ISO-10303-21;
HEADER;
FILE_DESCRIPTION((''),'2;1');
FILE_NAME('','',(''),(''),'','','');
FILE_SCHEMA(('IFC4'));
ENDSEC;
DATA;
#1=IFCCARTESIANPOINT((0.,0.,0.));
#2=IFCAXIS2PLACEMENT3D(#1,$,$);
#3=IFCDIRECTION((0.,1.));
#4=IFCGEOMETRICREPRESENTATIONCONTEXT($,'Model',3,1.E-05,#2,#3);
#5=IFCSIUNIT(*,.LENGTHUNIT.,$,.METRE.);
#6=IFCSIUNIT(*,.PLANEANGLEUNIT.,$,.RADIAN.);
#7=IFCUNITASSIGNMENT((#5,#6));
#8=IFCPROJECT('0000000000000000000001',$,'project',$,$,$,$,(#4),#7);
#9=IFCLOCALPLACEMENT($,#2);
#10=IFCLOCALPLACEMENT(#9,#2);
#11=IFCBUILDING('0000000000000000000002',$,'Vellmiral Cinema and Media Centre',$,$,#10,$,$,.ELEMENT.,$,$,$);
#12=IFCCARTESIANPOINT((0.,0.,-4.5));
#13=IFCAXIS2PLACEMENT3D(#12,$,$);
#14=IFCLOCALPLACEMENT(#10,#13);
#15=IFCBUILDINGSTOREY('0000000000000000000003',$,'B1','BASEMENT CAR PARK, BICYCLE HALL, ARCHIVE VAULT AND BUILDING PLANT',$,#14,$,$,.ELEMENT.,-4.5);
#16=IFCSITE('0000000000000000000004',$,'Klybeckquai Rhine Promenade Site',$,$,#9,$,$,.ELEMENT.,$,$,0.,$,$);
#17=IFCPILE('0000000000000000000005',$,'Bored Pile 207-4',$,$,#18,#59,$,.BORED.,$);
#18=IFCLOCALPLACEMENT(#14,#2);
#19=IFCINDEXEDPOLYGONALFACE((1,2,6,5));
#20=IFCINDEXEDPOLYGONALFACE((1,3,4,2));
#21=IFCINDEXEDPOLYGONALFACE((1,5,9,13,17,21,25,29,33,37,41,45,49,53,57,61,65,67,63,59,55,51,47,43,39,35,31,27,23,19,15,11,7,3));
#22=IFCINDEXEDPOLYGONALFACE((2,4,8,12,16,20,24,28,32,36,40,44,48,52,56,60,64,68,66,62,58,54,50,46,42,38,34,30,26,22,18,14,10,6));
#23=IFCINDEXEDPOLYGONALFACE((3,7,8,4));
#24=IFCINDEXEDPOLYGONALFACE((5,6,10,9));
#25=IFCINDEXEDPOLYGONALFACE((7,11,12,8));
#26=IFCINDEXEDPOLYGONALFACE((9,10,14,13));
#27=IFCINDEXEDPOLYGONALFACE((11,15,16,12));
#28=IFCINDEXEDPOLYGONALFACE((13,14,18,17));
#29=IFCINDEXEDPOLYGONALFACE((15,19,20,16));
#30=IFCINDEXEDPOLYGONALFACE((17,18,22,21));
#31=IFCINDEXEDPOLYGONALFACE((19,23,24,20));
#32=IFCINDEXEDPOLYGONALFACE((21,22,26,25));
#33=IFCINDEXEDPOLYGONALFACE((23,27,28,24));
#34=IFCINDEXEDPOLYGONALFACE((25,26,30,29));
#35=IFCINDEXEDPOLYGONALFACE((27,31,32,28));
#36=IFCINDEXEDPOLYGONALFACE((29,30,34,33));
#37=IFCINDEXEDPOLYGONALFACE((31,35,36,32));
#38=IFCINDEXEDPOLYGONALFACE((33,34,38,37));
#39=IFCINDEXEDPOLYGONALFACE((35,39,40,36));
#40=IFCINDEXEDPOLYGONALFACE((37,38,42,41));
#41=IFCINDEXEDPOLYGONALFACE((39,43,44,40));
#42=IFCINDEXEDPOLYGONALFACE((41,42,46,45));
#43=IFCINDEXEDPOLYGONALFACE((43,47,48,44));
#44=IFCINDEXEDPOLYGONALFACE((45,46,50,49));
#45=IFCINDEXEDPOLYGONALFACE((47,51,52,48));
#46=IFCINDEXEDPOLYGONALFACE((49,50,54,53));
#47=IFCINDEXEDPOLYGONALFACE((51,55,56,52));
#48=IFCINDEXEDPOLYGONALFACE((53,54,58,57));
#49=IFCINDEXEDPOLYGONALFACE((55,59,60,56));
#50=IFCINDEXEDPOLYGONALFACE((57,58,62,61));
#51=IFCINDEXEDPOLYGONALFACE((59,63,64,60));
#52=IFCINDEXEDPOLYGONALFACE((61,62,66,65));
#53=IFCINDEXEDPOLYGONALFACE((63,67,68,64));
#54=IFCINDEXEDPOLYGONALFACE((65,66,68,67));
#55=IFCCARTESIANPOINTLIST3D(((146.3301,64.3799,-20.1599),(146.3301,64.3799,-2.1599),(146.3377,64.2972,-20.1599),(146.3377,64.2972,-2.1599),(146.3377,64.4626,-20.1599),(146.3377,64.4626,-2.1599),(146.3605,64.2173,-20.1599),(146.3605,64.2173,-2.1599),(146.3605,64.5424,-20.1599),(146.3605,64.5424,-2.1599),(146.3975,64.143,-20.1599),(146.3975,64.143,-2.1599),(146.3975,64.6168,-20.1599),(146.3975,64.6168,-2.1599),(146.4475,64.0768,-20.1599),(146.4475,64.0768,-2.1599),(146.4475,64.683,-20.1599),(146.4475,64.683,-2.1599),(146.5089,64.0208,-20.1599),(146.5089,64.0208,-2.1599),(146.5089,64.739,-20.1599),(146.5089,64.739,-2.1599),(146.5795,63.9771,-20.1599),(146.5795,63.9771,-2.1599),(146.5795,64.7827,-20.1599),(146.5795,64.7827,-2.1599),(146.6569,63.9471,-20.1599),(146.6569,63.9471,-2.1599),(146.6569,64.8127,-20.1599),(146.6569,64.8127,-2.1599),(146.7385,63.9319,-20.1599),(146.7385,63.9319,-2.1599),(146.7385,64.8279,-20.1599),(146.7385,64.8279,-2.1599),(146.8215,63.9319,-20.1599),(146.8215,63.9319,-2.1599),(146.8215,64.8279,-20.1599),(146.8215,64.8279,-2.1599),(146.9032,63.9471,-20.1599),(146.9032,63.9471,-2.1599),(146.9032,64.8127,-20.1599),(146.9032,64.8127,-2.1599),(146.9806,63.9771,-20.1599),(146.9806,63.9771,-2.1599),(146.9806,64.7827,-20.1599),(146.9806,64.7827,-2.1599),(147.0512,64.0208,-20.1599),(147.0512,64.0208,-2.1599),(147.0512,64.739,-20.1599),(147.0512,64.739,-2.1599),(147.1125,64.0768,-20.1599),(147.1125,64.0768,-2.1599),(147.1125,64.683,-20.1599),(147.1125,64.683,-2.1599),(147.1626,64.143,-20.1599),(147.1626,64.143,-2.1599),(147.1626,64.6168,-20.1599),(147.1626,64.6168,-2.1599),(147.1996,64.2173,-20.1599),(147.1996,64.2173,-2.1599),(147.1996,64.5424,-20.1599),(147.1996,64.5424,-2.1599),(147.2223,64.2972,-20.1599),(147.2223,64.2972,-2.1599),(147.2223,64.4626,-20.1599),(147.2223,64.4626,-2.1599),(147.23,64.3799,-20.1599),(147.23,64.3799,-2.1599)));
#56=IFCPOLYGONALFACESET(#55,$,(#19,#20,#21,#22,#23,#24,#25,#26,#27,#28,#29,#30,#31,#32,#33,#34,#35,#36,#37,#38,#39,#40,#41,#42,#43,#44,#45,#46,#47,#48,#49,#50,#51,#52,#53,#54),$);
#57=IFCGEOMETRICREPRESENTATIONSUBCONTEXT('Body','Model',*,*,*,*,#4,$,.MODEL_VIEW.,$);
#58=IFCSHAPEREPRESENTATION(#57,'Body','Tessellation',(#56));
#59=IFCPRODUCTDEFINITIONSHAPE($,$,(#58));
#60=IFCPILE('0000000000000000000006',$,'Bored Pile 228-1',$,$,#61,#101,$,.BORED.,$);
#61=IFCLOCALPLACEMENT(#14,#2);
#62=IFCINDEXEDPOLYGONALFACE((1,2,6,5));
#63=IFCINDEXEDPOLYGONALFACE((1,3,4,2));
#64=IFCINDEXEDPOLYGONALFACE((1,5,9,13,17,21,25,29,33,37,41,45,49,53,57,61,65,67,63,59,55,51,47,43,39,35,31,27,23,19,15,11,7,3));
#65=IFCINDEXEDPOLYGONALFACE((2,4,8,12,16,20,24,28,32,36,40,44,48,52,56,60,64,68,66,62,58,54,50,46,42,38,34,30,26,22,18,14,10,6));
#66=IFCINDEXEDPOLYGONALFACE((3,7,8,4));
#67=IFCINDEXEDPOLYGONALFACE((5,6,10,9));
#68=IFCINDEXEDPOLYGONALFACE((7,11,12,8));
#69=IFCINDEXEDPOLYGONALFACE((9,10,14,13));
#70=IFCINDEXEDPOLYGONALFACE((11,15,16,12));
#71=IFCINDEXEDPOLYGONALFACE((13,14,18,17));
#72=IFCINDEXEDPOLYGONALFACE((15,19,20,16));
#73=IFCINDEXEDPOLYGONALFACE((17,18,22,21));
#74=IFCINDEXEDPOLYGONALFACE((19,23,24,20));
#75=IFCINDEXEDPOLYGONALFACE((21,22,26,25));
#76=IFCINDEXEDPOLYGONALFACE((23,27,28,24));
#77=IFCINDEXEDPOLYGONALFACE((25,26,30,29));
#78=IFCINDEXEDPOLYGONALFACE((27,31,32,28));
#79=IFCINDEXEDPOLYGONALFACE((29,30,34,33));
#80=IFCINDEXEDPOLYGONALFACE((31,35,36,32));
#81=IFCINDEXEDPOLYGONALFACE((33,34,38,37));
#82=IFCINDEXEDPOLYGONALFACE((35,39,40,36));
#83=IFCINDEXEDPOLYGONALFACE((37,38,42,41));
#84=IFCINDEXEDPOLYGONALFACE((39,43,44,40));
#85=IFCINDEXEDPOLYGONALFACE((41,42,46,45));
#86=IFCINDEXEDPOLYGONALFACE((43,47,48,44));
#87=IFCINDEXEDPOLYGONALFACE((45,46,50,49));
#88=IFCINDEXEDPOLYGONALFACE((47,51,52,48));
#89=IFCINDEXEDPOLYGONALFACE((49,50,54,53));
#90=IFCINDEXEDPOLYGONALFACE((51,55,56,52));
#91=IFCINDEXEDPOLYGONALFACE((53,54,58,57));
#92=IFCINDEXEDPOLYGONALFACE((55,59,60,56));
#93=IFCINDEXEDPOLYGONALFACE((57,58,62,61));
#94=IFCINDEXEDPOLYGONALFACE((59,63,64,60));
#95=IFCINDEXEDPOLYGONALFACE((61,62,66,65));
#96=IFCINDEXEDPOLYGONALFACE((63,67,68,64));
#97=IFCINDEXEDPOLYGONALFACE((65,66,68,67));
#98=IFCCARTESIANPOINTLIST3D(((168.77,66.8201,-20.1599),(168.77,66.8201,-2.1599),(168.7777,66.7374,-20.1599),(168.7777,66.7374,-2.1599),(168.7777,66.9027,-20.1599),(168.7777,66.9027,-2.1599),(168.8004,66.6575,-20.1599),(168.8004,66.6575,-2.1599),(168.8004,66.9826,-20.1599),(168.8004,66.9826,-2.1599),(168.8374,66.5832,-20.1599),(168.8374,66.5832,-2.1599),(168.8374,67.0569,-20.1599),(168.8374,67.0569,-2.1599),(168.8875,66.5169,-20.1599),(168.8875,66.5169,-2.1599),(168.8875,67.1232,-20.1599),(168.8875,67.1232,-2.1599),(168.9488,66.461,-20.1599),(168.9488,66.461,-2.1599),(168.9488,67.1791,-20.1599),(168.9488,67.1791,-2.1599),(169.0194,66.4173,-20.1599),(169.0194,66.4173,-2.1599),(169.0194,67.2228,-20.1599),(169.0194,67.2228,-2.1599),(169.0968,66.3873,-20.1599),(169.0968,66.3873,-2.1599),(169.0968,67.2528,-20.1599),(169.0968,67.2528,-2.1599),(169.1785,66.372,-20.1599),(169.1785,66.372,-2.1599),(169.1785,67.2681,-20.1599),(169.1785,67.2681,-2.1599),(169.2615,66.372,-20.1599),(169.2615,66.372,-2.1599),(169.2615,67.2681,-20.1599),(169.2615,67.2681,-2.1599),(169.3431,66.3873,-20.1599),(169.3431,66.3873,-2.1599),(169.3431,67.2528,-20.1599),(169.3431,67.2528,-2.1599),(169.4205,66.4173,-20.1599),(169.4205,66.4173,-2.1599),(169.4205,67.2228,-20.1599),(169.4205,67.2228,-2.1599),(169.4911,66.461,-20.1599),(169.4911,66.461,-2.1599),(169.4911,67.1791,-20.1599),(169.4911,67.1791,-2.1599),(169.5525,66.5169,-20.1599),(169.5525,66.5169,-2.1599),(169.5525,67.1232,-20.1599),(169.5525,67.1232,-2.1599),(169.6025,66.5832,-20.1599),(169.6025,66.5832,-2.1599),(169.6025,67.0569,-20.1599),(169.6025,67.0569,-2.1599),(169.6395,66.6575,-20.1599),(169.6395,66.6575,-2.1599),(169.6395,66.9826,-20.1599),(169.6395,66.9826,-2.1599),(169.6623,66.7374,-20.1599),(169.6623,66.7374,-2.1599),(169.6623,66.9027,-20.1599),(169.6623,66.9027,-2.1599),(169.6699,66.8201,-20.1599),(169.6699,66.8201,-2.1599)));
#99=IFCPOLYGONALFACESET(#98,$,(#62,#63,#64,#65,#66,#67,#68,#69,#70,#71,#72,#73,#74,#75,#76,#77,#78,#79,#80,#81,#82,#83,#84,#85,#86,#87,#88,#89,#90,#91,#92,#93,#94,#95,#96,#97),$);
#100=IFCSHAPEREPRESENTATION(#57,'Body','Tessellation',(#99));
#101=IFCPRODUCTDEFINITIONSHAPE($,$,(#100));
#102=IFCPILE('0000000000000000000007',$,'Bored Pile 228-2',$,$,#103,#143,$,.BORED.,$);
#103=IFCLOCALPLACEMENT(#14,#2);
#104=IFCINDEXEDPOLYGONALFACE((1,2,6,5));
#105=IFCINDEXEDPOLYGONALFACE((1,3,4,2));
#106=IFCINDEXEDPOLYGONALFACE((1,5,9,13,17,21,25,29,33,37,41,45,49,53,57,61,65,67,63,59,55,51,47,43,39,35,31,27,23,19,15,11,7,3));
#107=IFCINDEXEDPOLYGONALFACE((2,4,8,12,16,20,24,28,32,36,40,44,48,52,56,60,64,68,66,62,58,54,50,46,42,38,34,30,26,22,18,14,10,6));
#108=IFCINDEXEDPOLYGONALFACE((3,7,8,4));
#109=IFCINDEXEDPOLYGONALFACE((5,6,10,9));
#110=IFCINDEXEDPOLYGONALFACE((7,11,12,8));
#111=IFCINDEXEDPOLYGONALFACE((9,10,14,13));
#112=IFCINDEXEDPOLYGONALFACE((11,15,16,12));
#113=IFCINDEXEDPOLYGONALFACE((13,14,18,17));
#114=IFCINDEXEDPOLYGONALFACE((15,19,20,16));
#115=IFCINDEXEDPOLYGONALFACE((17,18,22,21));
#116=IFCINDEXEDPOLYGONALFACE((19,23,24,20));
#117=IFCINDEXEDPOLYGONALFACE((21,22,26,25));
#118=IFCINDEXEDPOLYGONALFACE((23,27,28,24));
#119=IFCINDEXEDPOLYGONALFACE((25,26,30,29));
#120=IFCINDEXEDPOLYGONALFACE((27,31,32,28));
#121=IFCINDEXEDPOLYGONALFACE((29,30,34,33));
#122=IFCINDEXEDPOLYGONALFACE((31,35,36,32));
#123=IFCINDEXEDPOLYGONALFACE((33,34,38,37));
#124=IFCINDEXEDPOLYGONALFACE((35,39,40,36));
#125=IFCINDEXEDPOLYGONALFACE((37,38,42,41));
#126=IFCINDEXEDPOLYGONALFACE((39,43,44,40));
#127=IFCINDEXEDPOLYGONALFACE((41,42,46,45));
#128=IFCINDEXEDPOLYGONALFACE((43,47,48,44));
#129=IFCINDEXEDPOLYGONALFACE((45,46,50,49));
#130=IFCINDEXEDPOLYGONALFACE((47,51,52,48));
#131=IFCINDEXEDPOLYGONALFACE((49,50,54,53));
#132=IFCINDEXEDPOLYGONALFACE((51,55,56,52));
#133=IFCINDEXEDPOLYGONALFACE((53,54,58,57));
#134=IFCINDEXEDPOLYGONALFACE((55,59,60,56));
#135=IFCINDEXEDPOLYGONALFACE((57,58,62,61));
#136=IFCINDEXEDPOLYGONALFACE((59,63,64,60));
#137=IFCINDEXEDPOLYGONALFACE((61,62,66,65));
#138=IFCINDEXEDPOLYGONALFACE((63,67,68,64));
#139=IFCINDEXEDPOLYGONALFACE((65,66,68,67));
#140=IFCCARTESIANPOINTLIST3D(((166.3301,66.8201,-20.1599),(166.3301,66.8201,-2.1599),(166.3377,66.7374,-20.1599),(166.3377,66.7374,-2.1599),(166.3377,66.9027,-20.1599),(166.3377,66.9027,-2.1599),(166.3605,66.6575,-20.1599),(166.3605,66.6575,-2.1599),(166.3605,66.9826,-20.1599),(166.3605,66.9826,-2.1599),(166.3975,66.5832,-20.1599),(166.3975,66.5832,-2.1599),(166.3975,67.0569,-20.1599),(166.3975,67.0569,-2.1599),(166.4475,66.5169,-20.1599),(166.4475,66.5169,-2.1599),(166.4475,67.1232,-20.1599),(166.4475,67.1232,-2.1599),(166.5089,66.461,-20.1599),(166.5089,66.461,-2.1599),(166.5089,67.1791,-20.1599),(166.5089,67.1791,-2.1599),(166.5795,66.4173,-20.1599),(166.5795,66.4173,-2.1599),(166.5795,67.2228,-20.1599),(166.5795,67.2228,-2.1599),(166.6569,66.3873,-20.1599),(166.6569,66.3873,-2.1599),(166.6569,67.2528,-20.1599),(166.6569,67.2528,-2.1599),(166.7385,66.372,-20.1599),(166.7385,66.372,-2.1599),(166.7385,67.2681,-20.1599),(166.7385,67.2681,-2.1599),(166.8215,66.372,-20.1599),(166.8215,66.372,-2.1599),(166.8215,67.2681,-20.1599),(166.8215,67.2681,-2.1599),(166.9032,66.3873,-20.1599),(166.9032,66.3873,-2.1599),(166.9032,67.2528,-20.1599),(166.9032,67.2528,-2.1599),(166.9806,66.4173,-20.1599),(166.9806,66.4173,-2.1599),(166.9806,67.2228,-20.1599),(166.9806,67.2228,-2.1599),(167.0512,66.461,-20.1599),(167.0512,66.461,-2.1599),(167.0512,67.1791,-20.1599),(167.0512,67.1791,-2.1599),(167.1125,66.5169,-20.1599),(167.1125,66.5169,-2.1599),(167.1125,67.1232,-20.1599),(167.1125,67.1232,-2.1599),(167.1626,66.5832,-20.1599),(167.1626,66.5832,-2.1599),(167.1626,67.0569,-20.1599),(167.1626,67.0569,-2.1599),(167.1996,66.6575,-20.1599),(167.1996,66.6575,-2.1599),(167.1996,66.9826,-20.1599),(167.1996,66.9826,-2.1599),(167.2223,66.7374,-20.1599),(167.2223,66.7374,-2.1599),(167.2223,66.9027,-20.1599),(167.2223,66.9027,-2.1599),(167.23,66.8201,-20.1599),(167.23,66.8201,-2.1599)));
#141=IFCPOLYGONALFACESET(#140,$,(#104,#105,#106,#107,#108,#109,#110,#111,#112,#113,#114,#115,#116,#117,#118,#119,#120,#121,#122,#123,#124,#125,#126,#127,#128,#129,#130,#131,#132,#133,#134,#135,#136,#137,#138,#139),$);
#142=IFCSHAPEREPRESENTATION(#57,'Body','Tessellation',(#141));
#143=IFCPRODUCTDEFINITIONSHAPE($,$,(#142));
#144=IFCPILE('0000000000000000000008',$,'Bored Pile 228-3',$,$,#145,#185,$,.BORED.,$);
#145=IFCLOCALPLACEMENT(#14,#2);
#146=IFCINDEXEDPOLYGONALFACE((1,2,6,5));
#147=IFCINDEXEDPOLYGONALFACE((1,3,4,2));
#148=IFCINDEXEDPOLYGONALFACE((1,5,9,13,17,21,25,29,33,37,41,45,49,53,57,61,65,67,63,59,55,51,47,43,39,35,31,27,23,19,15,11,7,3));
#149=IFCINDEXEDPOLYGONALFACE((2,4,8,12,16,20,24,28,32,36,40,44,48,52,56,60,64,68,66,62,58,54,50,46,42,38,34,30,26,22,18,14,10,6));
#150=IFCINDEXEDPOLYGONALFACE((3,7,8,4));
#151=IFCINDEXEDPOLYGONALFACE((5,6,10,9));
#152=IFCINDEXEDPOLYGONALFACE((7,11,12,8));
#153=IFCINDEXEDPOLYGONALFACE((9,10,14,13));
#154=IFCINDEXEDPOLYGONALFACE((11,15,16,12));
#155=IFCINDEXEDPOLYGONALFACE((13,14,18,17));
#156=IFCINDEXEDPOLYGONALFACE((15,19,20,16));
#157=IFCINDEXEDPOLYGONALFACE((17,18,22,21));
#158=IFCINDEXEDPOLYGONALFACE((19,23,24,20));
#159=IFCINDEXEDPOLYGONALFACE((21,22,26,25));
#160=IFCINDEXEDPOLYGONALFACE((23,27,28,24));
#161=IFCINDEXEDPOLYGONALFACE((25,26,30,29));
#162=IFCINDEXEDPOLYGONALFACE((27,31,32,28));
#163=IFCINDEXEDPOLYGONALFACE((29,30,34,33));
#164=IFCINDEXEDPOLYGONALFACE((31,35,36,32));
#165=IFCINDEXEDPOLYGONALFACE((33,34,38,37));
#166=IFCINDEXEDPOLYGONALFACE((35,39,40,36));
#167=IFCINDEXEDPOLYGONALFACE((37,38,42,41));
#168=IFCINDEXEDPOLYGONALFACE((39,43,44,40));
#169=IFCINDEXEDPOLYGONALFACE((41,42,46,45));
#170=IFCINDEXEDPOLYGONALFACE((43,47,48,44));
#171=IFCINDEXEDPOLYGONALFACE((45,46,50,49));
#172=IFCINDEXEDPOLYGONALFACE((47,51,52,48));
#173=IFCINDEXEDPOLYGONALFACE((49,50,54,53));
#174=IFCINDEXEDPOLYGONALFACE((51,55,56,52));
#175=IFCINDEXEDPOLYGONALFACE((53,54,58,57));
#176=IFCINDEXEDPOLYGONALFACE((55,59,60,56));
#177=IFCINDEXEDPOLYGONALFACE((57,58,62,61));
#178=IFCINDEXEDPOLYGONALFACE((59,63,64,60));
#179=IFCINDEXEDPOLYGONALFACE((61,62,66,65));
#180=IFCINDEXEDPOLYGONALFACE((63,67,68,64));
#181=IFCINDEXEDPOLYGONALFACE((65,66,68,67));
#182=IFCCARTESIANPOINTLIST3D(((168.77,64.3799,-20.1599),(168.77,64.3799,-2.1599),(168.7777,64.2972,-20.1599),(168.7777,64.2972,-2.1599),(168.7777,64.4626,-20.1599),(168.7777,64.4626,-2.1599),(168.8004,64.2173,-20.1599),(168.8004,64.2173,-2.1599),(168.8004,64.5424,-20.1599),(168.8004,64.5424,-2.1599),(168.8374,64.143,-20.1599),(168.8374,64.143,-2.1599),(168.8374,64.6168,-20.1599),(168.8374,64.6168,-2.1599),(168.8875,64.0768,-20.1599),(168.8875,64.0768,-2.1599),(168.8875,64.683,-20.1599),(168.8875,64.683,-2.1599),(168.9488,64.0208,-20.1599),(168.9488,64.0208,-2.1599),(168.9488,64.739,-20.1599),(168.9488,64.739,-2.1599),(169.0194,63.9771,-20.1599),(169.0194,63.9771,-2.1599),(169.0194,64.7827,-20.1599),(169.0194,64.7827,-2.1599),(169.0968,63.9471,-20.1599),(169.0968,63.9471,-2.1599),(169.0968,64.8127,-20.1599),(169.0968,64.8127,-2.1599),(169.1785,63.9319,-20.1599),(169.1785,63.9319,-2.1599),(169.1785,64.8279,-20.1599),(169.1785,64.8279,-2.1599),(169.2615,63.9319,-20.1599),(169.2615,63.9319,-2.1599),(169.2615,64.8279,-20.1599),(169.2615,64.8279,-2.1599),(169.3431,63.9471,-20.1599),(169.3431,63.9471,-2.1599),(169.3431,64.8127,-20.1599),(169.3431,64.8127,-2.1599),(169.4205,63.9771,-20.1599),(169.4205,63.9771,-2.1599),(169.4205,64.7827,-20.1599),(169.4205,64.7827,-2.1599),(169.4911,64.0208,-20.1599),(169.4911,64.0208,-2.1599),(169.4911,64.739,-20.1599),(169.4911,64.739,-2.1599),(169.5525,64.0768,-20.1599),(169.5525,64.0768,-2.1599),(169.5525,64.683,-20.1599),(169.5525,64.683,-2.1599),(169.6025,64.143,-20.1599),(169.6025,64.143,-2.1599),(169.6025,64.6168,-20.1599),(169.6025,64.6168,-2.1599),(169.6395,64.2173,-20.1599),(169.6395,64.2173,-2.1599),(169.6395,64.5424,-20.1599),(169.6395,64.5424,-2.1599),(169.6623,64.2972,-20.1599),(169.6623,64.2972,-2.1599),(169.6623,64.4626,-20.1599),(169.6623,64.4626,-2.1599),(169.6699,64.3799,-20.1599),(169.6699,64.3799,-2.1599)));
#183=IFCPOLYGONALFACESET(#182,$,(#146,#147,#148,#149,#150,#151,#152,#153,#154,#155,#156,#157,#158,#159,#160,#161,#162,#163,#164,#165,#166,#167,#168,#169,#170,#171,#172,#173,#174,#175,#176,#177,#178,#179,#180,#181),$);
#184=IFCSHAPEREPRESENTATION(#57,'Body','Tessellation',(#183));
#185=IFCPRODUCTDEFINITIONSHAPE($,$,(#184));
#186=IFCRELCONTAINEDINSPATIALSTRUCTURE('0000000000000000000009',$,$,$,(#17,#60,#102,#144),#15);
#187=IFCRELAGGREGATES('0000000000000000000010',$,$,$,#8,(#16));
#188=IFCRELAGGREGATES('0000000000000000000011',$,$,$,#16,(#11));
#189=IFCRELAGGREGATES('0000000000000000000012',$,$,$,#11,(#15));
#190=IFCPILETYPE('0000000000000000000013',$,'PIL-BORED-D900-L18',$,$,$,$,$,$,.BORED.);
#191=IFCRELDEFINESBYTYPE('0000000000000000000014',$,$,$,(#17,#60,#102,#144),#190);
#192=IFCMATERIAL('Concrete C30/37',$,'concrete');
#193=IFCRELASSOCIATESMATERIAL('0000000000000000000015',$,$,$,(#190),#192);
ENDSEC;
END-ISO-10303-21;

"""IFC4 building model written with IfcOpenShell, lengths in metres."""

from ifc_helpers import new_model, si_unit, direction, frame, origin, origin_2d, place, context, subcontext, project, spatial, circle, extrude, material, material_profile, profile_set, type_object, element, save


model = new_model("IFC4")

# Units and contexts
model_context = context("Model", 3, precision=1e-05, world=origin(), true_north=direction((0.0, 1.0)))
body_context = subcontext(model_context, "Body", "Model", "MODEL_VIEW")
ifc_project = project(units=[si_unit("LENGTHUNIT", "METRE"), si_unit("PLANEANGLEUNIT", "RADIAN")], contexts=[model_context])

# Site, building, storey
site_placement = place(None, origin())
site = spatial("IfcSite", under=ifc_project, at=site_placement, Name="Klybeckquai Rhine Promenade Site", CompositionType="ELEMENT", RefElevation=0.0)
building_placement = place(site_placement, origin())
building = spatial("IfcBuilding", under=site, at=building_placement, Name="Vellmiral Cinema and Media Centre", CompositionType="ELEMENT")
storey_placement = place(building_placement, frame((0.0, 0.0, -4.5)))
storey = spatial("IfcBuildingStorey", under=building, at=storey_placement, Name="B1", Description="BASEMENT CAR PARK, BICYCLE HALL, ARCHIVE VAULT AND BUILDING PLANT", CompositionType="ELEMENT", Elevation=-4.5)

# Piles
ifc_material_1 = material(Name="Concrete C30/37", Category="concrete")
ifc_material_profile_1 = material_profile(ifc_material_1, circle(Radius=0.45, at=origin_2d()), Name="PILE D900")
ifc_profile_set_1 = profile_set([ifc_material_profile_1], Name="Concrete C30/37")
pile_type_1 = type_object("IfcPileType", Name="PIL-BORED-D900-L18", PredefinedType="BORED", material=ifc_profile_set_1)
for number, where, z_axis, x_axis, name in (
    (1, (146.78, 64.3799, -2.1599), (0.0, 0.0, -1.0), (1.0, 0.0, 0.0), "Bored Pile 207-4"),
    (2, (169.22, 66.8201, -2.1599), (0.0, 0.0, -1.0), (1.0, 0.0, 0.0), "Bored Pile 228-1"),
    (3, (166.78, 66.8201, -2.1599), (0.0, 0.0, -1.0), (1.0, 0.0, 0.0), "Bored Pile 228-2"),
    (4, (169.22, 64.3799, -2.1599), (0.0, 0.0, -1.0), (1.0, 0.0, 0.0), "Bored Pile 228-3"),
):
    element("IfcPile", number, at=place(storey_placement, frame(where, z_axis=z_axis, x_axis=x_axis)), inside=storey, type_object=pile_type_1, Name=name, PredefinedType="BORED", context=body_context, shape_type="SweptSolid", body=[
        extrude(circle(Radius=0.45, at=origin_2d()), origin(), (0.0, 0.0, 1.0), 18.0),
    ])

save(model, "model.ifc")
